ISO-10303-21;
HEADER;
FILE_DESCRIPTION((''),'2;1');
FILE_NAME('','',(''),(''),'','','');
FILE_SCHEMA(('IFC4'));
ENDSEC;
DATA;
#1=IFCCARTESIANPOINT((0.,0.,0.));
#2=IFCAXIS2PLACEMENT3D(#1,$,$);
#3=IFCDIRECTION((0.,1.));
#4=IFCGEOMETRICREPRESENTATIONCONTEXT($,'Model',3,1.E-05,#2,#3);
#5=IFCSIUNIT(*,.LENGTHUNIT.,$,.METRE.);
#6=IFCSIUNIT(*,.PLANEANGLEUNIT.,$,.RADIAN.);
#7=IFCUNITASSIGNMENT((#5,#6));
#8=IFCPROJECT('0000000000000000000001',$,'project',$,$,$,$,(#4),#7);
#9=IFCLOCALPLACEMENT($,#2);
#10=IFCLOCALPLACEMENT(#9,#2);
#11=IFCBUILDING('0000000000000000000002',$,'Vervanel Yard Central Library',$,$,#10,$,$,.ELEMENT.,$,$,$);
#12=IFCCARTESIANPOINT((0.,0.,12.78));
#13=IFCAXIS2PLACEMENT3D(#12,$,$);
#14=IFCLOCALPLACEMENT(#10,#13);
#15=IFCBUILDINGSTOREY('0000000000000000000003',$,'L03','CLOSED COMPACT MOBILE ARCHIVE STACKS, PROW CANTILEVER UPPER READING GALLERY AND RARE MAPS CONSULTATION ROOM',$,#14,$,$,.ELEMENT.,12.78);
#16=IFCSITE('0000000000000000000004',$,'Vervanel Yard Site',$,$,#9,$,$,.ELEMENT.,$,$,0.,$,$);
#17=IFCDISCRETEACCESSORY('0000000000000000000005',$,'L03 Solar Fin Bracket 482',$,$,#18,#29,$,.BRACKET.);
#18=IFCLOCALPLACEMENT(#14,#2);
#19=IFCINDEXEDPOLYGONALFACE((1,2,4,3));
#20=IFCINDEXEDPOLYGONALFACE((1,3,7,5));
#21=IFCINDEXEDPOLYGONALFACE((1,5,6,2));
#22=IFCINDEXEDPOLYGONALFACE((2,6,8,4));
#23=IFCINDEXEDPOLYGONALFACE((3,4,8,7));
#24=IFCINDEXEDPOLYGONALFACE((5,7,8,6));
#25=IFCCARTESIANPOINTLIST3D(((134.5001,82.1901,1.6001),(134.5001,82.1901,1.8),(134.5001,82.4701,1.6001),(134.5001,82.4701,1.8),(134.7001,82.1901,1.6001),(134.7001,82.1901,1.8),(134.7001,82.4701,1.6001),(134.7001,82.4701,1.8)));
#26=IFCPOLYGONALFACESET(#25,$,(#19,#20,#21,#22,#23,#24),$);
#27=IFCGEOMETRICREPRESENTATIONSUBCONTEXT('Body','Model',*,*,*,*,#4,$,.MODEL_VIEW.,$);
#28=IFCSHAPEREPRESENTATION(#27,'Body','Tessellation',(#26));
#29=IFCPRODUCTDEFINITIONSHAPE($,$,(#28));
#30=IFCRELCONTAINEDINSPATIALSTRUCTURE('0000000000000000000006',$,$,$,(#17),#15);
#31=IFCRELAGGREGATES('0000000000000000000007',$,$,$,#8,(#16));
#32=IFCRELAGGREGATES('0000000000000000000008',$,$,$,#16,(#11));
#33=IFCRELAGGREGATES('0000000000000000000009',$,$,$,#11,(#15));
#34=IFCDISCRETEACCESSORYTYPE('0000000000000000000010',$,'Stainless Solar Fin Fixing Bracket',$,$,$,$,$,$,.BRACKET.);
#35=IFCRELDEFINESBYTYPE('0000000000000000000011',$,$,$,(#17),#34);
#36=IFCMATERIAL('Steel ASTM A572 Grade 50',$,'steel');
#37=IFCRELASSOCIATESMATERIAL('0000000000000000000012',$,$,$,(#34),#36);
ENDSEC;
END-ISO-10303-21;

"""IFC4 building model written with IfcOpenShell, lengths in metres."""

from ifc_helpers import new_model, si_unit, direction, frame, origin, origin_2d, place, context, subcontext, project, spatial, rectangle, extrude, material, type_object, element, save


model = new_model("IFC4")

# Units and contexts
model_context = context("Model", 3, precision=1e-05, world=origin(), true_north=direction((0.0, 1.0)))
body_context = subcontext(model_context, "Body", "Model", "MODEL_VIEW")
ifc_project = project(units=[si_unit("LENGTHUNIT", "METRE"), si_unit("PLANEANGLEUNIT", "RADIAN")], contexts=[model_context])

# Site, building, storey
site_placement = place(None, origin())
site = spatial("IfcSite", under=ifc_project, at=site_placement, Name="Vervanel Yard Site", CompositionType="ELEMENT", RefElevation=0.0)
building_placement = place(site_placement, origin())
building = spatial("IfcBuilding", under=site, at=building_placement, Name="Vervanel Yard Central Library", CompositionType="ELEMENT")
storey_placement = place(building_placement, frame((0.0, 0.0, 12.78)))
storey = spatial("IfcBuildingStorey", under=building, at=storey_placement, Name="L03", Description="CLOSED COMPACT MOBILE ARCHIVE STACKS, PROW CANTILEVER UPPER READING GALLERY AND RARE MAPS CONSULTATION ROOM", CompositionType="ELEMENT", Elevation=12.78)

# Discrete accessory
ifc_material_1 = material(Name="Steel ASTM A572 Grade 50", Category="steel")
discrete_accessory_type = type_object("IfcDiscreteAccessoryType", Name="Stainless Solar Fin Fixing Bracket", PredefinedType="BRACKET", material=ifc_material_1)
discrete_accessory_placement = place(storey_placement, frame((134.6001, 82.3301, 1.6001), z_axis=(0.0, 0.0, 1.0), x_axis=(1.0, 0.0, 0.0)))
element("IfcDiscreteAccessory", 1, at=discrete_accessory_placement, inside=storey, type_object=discrete_accessory_type, Name="L03 Solar Fin Bracket 482", PredefinedType="BRACKET", context=body_context, shape_type="SweptSolid", body=[
    extrude(rectangle(XDim=0.2, YDim=0.28, at=origin_2d()), origin(), (0.0, 0.0, 1.0), 0.2),
])

save(model, "model.ifc")
